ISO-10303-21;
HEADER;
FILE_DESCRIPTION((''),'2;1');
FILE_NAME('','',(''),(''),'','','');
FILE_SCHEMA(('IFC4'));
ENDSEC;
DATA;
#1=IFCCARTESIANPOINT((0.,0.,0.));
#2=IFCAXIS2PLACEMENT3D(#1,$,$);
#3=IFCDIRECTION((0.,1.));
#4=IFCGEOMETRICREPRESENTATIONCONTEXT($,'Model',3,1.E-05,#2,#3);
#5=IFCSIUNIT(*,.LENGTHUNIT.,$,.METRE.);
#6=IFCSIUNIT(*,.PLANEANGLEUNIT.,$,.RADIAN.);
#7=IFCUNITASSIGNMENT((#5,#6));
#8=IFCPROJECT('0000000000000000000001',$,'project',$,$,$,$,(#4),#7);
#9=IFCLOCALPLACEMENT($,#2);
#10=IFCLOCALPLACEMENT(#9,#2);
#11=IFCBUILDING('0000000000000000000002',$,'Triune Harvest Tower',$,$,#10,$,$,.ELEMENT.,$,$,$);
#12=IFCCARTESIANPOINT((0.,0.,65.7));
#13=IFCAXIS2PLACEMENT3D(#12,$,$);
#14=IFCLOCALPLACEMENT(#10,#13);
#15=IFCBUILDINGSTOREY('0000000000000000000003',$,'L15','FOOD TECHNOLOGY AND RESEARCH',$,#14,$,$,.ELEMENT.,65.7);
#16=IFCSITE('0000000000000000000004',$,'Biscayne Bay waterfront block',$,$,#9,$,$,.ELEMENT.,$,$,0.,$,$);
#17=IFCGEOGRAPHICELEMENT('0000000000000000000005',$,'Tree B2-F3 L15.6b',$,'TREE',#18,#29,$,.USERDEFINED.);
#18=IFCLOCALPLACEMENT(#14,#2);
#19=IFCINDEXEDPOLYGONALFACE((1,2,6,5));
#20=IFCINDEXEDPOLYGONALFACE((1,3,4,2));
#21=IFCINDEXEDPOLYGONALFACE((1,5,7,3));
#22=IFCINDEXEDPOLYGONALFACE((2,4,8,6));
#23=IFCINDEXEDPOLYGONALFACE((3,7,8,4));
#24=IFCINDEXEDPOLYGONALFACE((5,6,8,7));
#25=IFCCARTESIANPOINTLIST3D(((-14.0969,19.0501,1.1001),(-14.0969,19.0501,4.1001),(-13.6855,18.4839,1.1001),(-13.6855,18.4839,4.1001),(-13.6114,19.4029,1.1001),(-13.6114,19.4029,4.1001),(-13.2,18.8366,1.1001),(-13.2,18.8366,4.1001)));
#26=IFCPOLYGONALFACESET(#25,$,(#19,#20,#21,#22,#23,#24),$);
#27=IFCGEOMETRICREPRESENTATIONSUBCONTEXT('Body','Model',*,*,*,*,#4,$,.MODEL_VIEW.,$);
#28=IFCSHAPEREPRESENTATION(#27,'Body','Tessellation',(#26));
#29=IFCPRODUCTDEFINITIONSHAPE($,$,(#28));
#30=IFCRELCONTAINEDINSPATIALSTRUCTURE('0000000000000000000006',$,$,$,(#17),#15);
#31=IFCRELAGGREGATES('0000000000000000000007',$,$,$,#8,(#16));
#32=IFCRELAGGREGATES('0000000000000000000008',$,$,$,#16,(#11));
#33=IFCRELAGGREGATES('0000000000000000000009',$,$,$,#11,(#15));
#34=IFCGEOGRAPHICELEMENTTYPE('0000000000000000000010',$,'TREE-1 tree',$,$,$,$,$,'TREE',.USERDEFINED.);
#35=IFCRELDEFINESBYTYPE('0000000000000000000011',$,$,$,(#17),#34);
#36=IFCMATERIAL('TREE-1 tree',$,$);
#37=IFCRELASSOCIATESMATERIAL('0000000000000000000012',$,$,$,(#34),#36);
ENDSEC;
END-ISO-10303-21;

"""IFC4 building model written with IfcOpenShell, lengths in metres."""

from ifc_helpers import new_model, si_unit, direction, frame, origin, origin_2d, place, context, subcontext, project, spatial, rectangle, extrude, source, transform, mapped, material, type_object, element, save


model = new_model("IFC4")

# Units and contexts
model_context = context("Model", 3, precision=1e-05, world=origin(), true_north=direction((0.0, 1.0)))
body_context = subcontext(model_context, "Body", "Model", "MODEL_VIEW")
ifc_project = project(units=[si_unit("LENGTHUNIT", "METRE"), si_unit("PLANEANGLEUNIT", "RADIAN")], contexts=[model_context])

# Site, building, storey
site_placement = place(None, origin())
site = spatial("IfcSite", under=ifc_project, at=site_placement, Name="Biscayne Bay waterfront block", CompositionType="ELEMENT", RefElevation=0.0)
building_placement = place(site_placement, origin())
building = spatial("IfcBuilding", under=site, at=building_placement, Name="Triune Harvest Tower", CompositionType="ELEMENT")
storey_placement = place(building_placement, frame((0.0, 0.0, 65.7)))
storey = spatial("IfcBuildingStorey", under=building, at=storey_placement, Name="L15", Description="FOOD TECHNOLOGY AND RESEARCH", CompositionType="ELEMENT", Elevation=65.7)

# Geographic element
ifc_material_1 = material(Name="TREE-1 tree")
geographic_element_type = type_object("IfcGeographicElementType", Name="TREE-1 tree", ElementType="TREE", PredefinedType="USERDEFINED", material=ifc_material_1)
shared_shape_1 = source(origin(), body_context, "Body", "SweptSolid", [
    extrude(rectangle(XDim=0.6001, YDim=0.7, at=origin_2d()), origin(), (0.0, 0.0, 1.0), 3.0),
])
geographic_element_placement = place(storey_placement, frame((-13.6484, 18.9434, 1.1001), z_axis=(0.0, 0.0, 1.0), x_axis=(-0.809017, -0.587785, 0.0)))
element("IfcGeographicElement", 1, at=geographic_element_placement, inside=storey, type_object=geographic_element_type, Name="Tree B2-F3 L15.6b", ObjectType="TREE", PredefinedType="USERDEFINED", context=body_context, shape_type="MappedRepresentation", body=[
    mapped(shared_shape_1, transform((0.0, 0.0, 0.0), scale=1.0)),
])

save(model, "model.ifc")
